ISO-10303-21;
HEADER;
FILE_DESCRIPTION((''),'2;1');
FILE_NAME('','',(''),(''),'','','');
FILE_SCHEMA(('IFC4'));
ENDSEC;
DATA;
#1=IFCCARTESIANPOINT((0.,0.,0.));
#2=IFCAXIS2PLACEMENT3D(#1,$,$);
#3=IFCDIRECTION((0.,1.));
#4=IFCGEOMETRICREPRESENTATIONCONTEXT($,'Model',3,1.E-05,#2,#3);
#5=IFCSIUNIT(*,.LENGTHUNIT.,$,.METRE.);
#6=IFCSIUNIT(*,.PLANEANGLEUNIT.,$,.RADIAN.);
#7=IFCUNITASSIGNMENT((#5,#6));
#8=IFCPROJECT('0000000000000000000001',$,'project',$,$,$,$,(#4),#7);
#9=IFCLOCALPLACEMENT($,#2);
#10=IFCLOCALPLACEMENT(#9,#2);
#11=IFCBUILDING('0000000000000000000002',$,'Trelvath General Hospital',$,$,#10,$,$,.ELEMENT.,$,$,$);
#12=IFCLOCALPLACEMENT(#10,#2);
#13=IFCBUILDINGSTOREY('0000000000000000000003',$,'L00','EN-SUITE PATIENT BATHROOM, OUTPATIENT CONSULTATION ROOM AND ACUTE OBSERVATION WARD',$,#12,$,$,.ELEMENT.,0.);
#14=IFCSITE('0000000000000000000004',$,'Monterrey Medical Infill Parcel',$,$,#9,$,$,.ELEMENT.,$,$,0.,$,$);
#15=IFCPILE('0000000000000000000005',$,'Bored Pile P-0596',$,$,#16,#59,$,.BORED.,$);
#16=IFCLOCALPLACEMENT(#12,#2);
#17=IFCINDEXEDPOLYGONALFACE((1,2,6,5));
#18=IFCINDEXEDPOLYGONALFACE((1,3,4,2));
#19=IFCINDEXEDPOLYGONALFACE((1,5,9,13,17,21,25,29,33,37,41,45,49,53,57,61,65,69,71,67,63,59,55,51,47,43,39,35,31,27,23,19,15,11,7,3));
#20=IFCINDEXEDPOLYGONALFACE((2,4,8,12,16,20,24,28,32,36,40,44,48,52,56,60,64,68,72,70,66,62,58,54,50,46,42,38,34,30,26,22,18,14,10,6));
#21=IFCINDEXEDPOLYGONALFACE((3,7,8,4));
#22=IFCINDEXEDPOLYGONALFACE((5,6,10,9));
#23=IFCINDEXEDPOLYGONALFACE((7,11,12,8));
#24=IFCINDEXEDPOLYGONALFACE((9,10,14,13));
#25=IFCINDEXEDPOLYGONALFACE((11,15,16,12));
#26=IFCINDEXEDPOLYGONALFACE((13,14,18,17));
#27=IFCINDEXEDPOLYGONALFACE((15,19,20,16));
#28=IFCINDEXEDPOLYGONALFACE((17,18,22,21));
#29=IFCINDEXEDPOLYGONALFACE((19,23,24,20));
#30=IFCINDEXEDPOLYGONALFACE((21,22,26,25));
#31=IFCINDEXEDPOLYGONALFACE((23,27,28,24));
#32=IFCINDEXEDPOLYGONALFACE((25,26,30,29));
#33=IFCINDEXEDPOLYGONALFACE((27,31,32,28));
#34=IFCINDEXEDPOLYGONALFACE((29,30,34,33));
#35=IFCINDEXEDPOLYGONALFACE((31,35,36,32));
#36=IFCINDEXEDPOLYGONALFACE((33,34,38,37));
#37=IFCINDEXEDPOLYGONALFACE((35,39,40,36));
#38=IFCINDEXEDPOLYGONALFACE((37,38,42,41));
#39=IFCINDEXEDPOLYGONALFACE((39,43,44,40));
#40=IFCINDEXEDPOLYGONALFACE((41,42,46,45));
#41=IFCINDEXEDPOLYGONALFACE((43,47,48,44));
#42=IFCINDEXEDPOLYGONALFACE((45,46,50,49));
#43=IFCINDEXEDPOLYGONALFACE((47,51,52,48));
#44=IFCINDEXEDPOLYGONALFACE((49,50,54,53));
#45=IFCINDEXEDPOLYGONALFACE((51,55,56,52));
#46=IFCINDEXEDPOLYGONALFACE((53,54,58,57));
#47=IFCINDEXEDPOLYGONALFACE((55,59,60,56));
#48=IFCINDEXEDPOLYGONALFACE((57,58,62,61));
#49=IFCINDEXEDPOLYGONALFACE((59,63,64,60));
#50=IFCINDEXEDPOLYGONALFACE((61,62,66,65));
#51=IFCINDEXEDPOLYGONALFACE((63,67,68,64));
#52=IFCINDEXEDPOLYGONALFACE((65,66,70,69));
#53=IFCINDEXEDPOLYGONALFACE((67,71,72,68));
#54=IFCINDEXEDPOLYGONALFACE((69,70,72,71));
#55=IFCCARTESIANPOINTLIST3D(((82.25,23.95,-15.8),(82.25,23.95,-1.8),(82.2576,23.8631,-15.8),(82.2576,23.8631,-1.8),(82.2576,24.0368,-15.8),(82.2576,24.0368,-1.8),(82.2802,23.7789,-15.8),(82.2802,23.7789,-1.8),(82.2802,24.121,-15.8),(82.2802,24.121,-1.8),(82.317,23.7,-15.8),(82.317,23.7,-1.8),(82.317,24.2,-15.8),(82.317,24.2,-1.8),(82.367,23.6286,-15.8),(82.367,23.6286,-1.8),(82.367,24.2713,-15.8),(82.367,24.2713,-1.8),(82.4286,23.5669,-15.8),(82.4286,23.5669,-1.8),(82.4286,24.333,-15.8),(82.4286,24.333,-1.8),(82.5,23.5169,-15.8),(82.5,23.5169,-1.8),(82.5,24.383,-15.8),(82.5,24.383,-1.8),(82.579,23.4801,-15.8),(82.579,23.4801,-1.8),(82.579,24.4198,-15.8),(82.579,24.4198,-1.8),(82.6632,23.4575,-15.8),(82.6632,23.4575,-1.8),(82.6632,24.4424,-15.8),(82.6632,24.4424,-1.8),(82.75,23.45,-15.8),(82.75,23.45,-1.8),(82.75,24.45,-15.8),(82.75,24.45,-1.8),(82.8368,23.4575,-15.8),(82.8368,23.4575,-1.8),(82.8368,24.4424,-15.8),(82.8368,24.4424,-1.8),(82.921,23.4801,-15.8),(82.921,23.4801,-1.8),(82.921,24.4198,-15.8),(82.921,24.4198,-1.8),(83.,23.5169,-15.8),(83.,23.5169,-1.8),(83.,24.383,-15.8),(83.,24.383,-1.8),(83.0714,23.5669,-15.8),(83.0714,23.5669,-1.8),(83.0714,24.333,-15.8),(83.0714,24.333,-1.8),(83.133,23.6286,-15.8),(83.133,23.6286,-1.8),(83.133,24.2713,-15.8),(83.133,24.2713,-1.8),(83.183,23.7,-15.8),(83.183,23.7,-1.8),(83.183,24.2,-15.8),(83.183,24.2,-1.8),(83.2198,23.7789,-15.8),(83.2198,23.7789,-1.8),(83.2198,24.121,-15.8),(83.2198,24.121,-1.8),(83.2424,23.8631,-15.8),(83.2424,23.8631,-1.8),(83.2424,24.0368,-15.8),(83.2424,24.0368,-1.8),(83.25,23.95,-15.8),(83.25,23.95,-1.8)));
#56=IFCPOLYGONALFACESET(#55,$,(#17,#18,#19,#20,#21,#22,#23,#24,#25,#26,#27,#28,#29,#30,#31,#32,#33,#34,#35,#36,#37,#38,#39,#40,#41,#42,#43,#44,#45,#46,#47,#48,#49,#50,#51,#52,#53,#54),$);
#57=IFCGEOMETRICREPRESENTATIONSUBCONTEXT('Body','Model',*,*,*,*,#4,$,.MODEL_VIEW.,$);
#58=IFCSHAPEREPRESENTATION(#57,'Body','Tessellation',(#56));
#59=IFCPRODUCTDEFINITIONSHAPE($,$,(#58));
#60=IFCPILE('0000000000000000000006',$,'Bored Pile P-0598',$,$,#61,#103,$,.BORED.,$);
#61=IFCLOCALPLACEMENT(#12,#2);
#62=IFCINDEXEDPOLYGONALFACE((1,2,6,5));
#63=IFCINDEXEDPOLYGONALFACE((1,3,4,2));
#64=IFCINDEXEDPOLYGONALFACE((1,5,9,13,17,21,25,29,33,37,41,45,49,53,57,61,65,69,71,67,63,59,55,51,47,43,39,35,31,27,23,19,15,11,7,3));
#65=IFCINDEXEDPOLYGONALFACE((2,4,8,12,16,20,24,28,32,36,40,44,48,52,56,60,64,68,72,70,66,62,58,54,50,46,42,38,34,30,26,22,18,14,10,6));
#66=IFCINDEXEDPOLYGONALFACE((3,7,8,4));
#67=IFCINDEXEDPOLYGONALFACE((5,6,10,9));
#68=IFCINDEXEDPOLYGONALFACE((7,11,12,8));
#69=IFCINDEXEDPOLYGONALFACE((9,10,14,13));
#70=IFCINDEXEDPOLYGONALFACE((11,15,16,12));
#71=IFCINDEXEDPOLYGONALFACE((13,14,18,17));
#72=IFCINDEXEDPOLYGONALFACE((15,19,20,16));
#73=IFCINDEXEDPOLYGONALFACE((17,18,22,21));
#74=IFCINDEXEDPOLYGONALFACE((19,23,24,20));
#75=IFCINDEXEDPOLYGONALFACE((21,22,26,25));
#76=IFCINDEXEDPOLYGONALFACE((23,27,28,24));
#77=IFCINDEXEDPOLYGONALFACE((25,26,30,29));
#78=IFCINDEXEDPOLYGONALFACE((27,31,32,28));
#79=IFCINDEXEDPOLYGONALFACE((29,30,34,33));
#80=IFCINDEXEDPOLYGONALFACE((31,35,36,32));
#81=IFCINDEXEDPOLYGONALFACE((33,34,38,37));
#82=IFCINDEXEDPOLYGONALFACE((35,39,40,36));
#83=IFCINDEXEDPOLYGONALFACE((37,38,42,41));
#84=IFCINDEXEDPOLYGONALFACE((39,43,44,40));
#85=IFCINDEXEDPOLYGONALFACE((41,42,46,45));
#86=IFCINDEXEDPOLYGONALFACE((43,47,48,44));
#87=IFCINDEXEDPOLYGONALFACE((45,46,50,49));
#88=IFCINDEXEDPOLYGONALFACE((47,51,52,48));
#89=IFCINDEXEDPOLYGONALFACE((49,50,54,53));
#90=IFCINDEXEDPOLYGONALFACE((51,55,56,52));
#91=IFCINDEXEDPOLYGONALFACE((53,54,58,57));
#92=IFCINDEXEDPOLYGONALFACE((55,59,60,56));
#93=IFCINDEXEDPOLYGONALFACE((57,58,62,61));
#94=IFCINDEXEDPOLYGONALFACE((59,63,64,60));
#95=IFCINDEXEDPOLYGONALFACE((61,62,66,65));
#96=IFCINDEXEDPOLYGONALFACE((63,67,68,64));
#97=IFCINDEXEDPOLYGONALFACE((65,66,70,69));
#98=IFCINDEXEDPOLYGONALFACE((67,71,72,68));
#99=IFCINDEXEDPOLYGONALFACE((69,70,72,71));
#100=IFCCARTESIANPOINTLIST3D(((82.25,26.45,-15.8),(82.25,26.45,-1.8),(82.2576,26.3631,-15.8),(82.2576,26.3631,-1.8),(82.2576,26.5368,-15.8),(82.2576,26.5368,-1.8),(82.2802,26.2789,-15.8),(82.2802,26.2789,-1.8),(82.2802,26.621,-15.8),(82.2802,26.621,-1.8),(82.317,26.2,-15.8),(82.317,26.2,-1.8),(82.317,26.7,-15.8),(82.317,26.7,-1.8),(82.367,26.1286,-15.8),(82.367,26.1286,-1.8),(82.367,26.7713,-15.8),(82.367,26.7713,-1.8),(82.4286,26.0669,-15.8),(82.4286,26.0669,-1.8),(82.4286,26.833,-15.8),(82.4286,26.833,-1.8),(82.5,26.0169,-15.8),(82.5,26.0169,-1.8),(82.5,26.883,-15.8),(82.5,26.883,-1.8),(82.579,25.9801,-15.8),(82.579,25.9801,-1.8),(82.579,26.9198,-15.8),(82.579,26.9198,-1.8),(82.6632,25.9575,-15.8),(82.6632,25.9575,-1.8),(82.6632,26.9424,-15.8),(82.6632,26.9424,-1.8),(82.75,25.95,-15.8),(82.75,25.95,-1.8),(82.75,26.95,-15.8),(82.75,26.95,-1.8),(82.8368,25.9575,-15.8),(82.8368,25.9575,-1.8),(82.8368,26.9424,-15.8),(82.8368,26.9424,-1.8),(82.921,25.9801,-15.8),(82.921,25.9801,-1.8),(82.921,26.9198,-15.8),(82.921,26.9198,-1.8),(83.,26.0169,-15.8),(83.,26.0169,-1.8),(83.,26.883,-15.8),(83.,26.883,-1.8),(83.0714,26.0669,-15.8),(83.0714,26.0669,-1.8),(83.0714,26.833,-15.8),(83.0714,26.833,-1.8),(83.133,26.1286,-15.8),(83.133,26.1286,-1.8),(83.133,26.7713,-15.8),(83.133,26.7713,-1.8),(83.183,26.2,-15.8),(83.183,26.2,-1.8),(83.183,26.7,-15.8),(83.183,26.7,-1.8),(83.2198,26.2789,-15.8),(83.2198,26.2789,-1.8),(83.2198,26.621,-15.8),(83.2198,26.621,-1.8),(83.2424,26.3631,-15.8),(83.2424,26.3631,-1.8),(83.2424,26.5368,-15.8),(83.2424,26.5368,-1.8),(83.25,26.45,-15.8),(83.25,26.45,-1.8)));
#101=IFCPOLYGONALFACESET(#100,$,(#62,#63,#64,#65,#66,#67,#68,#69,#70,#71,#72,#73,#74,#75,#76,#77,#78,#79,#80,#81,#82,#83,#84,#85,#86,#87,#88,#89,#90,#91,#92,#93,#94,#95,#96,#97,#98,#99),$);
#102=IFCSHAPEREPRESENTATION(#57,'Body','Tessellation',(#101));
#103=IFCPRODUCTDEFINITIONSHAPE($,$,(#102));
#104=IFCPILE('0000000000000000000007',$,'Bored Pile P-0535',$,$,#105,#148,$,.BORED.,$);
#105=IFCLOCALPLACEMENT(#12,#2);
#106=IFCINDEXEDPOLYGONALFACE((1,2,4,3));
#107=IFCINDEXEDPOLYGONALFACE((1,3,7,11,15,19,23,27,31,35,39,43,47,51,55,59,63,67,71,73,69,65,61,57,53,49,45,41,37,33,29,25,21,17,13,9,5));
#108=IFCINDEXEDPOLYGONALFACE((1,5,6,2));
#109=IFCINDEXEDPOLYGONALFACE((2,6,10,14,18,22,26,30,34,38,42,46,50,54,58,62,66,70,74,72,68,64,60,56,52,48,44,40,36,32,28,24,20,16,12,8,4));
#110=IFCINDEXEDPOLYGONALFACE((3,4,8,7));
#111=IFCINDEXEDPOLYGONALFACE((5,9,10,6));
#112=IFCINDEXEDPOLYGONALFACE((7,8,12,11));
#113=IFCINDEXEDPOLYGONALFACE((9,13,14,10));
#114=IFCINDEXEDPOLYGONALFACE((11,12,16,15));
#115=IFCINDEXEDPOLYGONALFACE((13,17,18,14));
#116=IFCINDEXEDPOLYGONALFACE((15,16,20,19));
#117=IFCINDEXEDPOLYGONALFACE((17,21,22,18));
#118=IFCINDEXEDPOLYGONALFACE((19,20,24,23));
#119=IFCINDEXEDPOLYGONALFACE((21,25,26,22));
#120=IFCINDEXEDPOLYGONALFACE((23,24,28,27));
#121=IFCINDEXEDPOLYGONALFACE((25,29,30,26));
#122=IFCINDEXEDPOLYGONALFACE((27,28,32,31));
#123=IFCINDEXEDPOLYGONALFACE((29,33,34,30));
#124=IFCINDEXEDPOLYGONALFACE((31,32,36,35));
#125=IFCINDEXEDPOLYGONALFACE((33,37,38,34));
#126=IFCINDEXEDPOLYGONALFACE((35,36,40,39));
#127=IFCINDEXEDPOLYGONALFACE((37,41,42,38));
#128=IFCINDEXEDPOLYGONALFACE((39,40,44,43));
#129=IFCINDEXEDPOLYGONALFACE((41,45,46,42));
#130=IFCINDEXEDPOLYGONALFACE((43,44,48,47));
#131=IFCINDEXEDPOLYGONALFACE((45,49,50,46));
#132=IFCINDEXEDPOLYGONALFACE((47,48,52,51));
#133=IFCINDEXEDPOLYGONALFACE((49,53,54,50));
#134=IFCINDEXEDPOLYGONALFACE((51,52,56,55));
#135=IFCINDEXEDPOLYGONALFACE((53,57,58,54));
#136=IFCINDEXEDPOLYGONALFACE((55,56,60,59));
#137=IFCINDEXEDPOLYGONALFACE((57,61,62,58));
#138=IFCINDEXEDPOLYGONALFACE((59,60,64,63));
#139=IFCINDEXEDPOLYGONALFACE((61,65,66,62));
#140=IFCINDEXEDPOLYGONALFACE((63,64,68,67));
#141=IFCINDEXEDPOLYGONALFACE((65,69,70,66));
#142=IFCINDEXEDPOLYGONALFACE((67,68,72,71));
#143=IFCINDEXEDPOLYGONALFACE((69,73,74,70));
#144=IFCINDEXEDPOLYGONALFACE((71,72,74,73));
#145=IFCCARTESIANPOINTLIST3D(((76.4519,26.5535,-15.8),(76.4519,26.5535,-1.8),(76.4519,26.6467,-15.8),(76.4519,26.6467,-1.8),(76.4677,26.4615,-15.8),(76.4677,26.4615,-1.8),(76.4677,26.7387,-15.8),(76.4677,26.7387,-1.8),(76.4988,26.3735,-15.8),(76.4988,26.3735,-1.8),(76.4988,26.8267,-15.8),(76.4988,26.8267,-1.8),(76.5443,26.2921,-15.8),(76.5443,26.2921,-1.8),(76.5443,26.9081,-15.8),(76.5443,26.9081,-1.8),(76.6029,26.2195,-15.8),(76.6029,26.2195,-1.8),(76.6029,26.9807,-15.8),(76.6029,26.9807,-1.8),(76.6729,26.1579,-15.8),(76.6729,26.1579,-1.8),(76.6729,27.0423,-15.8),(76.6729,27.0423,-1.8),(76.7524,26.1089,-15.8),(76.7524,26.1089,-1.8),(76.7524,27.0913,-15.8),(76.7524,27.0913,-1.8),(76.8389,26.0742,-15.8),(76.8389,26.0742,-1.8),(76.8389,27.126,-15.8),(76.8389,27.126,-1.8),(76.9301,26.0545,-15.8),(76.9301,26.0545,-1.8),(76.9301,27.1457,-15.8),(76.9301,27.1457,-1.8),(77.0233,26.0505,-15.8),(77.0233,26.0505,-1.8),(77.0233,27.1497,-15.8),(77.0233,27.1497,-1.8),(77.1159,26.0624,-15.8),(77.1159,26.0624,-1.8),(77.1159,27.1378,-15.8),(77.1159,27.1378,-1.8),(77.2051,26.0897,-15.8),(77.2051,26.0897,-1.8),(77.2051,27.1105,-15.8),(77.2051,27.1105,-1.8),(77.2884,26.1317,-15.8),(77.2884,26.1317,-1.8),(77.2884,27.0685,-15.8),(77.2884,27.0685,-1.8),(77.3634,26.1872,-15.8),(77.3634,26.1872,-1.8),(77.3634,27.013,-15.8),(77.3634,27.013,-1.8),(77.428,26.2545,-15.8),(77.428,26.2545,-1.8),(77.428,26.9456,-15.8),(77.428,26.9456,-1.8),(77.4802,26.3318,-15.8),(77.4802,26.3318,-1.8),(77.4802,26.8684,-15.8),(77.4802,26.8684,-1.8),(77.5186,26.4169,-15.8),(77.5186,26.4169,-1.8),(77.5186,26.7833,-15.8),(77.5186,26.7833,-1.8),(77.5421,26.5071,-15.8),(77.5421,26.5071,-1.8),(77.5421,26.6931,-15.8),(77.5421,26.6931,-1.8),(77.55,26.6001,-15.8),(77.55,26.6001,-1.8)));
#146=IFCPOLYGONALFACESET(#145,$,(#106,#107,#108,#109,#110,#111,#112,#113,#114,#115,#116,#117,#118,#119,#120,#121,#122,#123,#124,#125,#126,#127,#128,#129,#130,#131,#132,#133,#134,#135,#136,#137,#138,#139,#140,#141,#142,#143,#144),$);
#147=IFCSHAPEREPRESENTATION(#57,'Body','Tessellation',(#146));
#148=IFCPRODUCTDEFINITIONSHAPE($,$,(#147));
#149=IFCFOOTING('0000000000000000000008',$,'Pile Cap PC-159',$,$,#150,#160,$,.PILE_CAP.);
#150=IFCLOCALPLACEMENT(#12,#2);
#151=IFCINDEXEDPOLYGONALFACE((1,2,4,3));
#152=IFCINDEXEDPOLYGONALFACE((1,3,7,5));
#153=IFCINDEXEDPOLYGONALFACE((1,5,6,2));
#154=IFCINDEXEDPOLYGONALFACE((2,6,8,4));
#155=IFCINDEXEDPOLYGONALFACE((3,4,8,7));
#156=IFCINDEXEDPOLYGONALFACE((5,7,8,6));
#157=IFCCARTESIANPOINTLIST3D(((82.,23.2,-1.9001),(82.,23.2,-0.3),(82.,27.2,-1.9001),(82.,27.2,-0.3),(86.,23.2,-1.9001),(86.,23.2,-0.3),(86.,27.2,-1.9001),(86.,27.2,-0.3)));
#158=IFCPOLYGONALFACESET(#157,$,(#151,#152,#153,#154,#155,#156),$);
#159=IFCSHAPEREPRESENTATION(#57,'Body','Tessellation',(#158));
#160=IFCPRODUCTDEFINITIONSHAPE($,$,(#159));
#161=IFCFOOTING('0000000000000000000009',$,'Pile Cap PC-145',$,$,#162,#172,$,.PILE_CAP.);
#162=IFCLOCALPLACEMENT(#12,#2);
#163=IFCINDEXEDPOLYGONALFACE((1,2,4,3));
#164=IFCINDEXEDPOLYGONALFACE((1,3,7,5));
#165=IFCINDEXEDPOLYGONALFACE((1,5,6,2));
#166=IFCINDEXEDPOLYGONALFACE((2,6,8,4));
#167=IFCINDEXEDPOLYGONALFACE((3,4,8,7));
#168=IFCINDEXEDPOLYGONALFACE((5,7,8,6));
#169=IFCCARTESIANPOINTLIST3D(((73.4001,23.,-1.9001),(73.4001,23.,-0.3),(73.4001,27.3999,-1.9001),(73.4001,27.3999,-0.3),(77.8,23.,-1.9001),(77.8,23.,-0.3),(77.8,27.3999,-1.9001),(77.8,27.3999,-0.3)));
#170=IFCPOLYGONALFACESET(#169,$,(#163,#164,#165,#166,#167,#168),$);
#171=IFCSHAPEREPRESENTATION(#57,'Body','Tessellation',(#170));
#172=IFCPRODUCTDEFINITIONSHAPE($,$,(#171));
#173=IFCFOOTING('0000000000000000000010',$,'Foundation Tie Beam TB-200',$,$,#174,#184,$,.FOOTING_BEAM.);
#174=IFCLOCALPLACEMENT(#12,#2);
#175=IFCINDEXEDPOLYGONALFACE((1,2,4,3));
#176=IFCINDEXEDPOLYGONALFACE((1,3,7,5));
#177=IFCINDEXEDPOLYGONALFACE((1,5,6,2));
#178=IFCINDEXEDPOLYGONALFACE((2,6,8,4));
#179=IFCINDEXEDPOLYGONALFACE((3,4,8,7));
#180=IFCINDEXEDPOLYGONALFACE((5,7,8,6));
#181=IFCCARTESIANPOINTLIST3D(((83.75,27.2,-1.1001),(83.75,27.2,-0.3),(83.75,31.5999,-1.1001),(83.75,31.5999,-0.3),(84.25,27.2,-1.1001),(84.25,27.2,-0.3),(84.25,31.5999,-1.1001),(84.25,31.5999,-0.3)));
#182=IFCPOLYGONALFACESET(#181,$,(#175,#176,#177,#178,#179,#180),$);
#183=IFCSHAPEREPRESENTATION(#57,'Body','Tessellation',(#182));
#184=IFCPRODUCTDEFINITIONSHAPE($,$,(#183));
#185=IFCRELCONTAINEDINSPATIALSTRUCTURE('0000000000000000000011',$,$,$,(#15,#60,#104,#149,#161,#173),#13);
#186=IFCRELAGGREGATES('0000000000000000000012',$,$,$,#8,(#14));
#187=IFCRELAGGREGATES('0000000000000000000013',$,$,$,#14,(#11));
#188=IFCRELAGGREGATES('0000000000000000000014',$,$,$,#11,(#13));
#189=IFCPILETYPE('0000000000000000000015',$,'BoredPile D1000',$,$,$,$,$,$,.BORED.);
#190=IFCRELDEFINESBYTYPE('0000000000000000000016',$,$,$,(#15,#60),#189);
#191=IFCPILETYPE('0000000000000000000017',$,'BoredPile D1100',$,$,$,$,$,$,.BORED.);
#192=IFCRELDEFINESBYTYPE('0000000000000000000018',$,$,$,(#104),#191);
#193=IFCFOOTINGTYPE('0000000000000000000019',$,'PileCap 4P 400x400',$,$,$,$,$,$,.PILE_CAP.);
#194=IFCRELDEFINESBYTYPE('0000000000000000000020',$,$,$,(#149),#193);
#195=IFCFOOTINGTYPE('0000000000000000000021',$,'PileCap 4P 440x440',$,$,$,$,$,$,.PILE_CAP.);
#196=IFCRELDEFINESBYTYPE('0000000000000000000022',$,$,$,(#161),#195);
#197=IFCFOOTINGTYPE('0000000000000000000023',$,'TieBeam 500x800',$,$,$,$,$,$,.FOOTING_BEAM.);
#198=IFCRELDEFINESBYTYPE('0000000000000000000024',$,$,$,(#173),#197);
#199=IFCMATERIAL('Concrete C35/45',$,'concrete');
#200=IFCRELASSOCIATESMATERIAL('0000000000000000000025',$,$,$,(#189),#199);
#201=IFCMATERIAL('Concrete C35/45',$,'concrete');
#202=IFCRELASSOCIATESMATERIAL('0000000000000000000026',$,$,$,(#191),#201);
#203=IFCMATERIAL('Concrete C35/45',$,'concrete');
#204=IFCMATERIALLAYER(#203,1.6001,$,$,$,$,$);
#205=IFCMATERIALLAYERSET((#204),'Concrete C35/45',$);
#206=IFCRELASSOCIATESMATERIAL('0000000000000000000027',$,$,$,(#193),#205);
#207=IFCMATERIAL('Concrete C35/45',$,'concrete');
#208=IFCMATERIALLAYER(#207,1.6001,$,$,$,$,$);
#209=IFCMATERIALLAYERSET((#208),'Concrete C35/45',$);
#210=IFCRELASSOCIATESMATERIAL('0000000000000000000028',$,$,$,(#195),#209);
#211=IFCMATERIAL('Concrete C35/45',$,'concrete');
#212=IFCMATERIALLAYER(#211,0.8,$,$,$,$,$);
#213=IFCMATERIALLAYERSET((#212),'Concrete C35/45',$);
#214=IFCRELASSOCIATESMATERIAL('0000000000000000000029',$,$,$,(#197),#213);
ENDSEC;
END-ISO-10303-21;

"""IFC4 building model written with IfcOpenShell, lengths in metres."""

from ifc_helpers import new_model, si_unit, direction, frame, origin, origin_2d, place, context, subcontext, project, spatial, rectangle, circle, extrude, material, layer, layer_set, material_profile, profile_set, type_object, element, save


model = new_model("IFC4")

# Units and contexts
model_context = context("Model", 3, precision=1e-05, world=origin(), true_north=direction((0.0, 1.0)))
body_context = subcontext(model_context, "Body", "Model", "MODEL_VIEW")
ifc_project = project(units=[si_unit("LENGTHUNIT", "METRE"), si_unit("PLANEANGLEUNIT", "RADIAN")], contexts=[model_context])

# Site, building, storey
site_placement = place(None, origin())
site = spatial("IfcSite", under=ifc_project, at=site_placement, Name="Monterrey Medical Infill Parcel", CompositionType="ELEMENT", RefElevation=0.0)
building_placement = place(site_placement, origin())
building = spatial("IfcBuilding", under=site, at=building_placement, Name="Trelvath General Hospital", CompositionType="ELEMENT")
storey_placement = place(building_placement, origin())
storey = spatial("IfcBuildingStorey", under=building, at=storey_placement, Name="L00", Description="EN-SUITE PATIENT BATHROOM, OUTPATIENT CONSULTATION ROOM AND ACUTE OBSERVATION WARD", CompositionType="ELEMENT", Elevation=0.0)

# Piles
ifc_material_1 = material(Name="Concrete C35/45", Category="concrete")
ifc_material_profile_1 = material_profile(ifc_material_1, circle(Radius=0.5, at=origin_2d()), Name="PILE1000")
ifc_profile_set_1 = profile_set([ifc_material_profile_1], Name="Concrete C35/45")
pile_type_1 = type_object("IfcPileType", Name="BoredPile D1000", PredefinedType="BORED", material=ifc_profile_set_1)
for number, where, z_axis, x_axis, name in (
    (1, (82.75, 23.95, -1.8), (0.0, 0.0, -1.0), (1.0, 0.0, 0.0), "Bored Pile P-0596"),
    (2, (82.75, 26.45, -1.8), (0.0, 0.0, -1.0), (1.0, 0.0, 0.0), "Bored Pile P-0598"),
):
    element("IfcPile", number, at=place(storey_placement, frame(where, z_axis=z_axis, x_axis=x_axis)), inside=storey, type_object=pile_type_1, Name=name, PredefinedType="BORED", context=body_context, shape_type="SweptSolid", body=[
        extrude(circle(Radius=0.5, at=origin_2d()), origin(), (0.0, 0.0, 1.0), 14.0),
    ])
ifc_material_2 = material(Name="Concrete C35/45", Category="concrete")
ifc_material_profile_2 = material_profile(ifc_material_2, circle(Radius=0.55, at=origin_2d()), Name="PILE1100")
ifc_profile_set_2 = profile_set([ifc_material_profile_2], Name="Concrete C35/45")
pile_type_2 = type_object("IfcPileType", Name="BoredPile D1100", PredefinedType="BORED", material=ifc_profile_set_2)
pile_placement = place(storey_placement, frame((77.0, 26.6001, -1.8), z_axis=(0.0, 0.0, -1.0), x_axis=(1.0, 0.0, 0.0)))
element("IfcPile", 3, at=pile_placement, inside=storey, type_object=pile_type_2, Name="Bored Pile P-0535", PredefinedType="BORED", context=body_context, shape_type="SweptSolid", body=[
    extrude(circle(Radius=0.55, at=origin_2d()), origin(), (0.0, 0.0, 1.0), 14.0),
])

# Footings
ifc_material_3 = material(Name="Concrete C35/45", Category="concrete")
ifc_layer_1 = layer(ifc_material_3, 1.6001)
ifc_layer_set_1 = layer_set([ifc_layer_1], Name="Concrete C35/45")
footing_type_1 = type_object("IfcFootingType", Name="PileCap 4P 400x400", PredefinedType="PILE_CAP", material=ifc_layer_set_1)
footing_1_placement = place(storey_placement, frame((84.0, 25.2, -1.9001), z_axis=(0.0, 0.0, 1.0), x_axis=(1.0, 0.0, 0.0)))
element("IfcFooting", 4, at=footing_1_placement, inside=storey, type_object=footing_type_1, Name="Pile Cap PC-159", PredefinedType="PILE_CAP", context=body_context, shape_type="SweptSolid", body=[
    extrude(rectangle(XDim=4.0, YDim=4.0, at=origin_2d()), origin(), (0.0, 0.0, 1.0), 1.6001),
])
ifc_material_4 = material(Name="Concrete C35/45", Category="concrete")
ifc_layer_2 = layer(ifc_material_4, 1.6001)
ifc_layer_set_2 = layer_set([ifc_layer_2], Name="Concrete C35/45")
footing_type_2 = type_object("IfcFootingType", Name="PileCap 4P 440x440", PredefinedType="PILE_CAP", material=ifc_layer_set_2)
footing_2_placement = place(storey_placement, frame((75.6001, 25.2, -1.9001), z_axis=(0.0, 0.0, 1.0), x_axis=(1.0, 0.0, 0.0)))
element("IfcFooting", 5, at=footing_2_placement, inside=storey, type_object=footing_type_2, Name="Pile Cap PC-145", PredefinedType="PILE_CAP", context=body_context, shape_type="SweptSolid", body=[
    extrude(rectangle(XDim=4.3999, YDim=4.3999, at=origin_2d()), origin(), (0.0, 0.0, 1.0), 1.6001),
])
ifc_material_5 = material(Name="Concrete C35/45", Category="concrete")
ifc_layer_3 = layer(ifc_material_5, 0.8)
ifc_layer_set_3 = layer_set([ifc_layer_3], Name="Concrete C35/45")
footing_type_3 = type_object("IfcFootingType", Name="TieBeam 500x800", PredefinedType="FOOTING_BEAM", material=ifc_layer_set_3)
footing_3_placement = place(storey_placement, frame((84.0, 29.3999, -1.1001), z_axis=(0.0, 0.0, 1.0), x_axis=(1.0, 0.0, 0.0)))
element("IfcFooting", 6, at=footing_3_placement, inside=storey, type_object=footing_type_3, Name="Foundation Tie Beam TB-200", PredefinedType="FOOTING_BEAM", context=body_context, shape_type="SweptSolid", body=[
    extrude(rectangle(XDim=0.5, YDim=4.3999, at=origin_2d()), origin(), (0.0, 0.0, 1.0), 0.8),
])

save(model, "model.ifc")
